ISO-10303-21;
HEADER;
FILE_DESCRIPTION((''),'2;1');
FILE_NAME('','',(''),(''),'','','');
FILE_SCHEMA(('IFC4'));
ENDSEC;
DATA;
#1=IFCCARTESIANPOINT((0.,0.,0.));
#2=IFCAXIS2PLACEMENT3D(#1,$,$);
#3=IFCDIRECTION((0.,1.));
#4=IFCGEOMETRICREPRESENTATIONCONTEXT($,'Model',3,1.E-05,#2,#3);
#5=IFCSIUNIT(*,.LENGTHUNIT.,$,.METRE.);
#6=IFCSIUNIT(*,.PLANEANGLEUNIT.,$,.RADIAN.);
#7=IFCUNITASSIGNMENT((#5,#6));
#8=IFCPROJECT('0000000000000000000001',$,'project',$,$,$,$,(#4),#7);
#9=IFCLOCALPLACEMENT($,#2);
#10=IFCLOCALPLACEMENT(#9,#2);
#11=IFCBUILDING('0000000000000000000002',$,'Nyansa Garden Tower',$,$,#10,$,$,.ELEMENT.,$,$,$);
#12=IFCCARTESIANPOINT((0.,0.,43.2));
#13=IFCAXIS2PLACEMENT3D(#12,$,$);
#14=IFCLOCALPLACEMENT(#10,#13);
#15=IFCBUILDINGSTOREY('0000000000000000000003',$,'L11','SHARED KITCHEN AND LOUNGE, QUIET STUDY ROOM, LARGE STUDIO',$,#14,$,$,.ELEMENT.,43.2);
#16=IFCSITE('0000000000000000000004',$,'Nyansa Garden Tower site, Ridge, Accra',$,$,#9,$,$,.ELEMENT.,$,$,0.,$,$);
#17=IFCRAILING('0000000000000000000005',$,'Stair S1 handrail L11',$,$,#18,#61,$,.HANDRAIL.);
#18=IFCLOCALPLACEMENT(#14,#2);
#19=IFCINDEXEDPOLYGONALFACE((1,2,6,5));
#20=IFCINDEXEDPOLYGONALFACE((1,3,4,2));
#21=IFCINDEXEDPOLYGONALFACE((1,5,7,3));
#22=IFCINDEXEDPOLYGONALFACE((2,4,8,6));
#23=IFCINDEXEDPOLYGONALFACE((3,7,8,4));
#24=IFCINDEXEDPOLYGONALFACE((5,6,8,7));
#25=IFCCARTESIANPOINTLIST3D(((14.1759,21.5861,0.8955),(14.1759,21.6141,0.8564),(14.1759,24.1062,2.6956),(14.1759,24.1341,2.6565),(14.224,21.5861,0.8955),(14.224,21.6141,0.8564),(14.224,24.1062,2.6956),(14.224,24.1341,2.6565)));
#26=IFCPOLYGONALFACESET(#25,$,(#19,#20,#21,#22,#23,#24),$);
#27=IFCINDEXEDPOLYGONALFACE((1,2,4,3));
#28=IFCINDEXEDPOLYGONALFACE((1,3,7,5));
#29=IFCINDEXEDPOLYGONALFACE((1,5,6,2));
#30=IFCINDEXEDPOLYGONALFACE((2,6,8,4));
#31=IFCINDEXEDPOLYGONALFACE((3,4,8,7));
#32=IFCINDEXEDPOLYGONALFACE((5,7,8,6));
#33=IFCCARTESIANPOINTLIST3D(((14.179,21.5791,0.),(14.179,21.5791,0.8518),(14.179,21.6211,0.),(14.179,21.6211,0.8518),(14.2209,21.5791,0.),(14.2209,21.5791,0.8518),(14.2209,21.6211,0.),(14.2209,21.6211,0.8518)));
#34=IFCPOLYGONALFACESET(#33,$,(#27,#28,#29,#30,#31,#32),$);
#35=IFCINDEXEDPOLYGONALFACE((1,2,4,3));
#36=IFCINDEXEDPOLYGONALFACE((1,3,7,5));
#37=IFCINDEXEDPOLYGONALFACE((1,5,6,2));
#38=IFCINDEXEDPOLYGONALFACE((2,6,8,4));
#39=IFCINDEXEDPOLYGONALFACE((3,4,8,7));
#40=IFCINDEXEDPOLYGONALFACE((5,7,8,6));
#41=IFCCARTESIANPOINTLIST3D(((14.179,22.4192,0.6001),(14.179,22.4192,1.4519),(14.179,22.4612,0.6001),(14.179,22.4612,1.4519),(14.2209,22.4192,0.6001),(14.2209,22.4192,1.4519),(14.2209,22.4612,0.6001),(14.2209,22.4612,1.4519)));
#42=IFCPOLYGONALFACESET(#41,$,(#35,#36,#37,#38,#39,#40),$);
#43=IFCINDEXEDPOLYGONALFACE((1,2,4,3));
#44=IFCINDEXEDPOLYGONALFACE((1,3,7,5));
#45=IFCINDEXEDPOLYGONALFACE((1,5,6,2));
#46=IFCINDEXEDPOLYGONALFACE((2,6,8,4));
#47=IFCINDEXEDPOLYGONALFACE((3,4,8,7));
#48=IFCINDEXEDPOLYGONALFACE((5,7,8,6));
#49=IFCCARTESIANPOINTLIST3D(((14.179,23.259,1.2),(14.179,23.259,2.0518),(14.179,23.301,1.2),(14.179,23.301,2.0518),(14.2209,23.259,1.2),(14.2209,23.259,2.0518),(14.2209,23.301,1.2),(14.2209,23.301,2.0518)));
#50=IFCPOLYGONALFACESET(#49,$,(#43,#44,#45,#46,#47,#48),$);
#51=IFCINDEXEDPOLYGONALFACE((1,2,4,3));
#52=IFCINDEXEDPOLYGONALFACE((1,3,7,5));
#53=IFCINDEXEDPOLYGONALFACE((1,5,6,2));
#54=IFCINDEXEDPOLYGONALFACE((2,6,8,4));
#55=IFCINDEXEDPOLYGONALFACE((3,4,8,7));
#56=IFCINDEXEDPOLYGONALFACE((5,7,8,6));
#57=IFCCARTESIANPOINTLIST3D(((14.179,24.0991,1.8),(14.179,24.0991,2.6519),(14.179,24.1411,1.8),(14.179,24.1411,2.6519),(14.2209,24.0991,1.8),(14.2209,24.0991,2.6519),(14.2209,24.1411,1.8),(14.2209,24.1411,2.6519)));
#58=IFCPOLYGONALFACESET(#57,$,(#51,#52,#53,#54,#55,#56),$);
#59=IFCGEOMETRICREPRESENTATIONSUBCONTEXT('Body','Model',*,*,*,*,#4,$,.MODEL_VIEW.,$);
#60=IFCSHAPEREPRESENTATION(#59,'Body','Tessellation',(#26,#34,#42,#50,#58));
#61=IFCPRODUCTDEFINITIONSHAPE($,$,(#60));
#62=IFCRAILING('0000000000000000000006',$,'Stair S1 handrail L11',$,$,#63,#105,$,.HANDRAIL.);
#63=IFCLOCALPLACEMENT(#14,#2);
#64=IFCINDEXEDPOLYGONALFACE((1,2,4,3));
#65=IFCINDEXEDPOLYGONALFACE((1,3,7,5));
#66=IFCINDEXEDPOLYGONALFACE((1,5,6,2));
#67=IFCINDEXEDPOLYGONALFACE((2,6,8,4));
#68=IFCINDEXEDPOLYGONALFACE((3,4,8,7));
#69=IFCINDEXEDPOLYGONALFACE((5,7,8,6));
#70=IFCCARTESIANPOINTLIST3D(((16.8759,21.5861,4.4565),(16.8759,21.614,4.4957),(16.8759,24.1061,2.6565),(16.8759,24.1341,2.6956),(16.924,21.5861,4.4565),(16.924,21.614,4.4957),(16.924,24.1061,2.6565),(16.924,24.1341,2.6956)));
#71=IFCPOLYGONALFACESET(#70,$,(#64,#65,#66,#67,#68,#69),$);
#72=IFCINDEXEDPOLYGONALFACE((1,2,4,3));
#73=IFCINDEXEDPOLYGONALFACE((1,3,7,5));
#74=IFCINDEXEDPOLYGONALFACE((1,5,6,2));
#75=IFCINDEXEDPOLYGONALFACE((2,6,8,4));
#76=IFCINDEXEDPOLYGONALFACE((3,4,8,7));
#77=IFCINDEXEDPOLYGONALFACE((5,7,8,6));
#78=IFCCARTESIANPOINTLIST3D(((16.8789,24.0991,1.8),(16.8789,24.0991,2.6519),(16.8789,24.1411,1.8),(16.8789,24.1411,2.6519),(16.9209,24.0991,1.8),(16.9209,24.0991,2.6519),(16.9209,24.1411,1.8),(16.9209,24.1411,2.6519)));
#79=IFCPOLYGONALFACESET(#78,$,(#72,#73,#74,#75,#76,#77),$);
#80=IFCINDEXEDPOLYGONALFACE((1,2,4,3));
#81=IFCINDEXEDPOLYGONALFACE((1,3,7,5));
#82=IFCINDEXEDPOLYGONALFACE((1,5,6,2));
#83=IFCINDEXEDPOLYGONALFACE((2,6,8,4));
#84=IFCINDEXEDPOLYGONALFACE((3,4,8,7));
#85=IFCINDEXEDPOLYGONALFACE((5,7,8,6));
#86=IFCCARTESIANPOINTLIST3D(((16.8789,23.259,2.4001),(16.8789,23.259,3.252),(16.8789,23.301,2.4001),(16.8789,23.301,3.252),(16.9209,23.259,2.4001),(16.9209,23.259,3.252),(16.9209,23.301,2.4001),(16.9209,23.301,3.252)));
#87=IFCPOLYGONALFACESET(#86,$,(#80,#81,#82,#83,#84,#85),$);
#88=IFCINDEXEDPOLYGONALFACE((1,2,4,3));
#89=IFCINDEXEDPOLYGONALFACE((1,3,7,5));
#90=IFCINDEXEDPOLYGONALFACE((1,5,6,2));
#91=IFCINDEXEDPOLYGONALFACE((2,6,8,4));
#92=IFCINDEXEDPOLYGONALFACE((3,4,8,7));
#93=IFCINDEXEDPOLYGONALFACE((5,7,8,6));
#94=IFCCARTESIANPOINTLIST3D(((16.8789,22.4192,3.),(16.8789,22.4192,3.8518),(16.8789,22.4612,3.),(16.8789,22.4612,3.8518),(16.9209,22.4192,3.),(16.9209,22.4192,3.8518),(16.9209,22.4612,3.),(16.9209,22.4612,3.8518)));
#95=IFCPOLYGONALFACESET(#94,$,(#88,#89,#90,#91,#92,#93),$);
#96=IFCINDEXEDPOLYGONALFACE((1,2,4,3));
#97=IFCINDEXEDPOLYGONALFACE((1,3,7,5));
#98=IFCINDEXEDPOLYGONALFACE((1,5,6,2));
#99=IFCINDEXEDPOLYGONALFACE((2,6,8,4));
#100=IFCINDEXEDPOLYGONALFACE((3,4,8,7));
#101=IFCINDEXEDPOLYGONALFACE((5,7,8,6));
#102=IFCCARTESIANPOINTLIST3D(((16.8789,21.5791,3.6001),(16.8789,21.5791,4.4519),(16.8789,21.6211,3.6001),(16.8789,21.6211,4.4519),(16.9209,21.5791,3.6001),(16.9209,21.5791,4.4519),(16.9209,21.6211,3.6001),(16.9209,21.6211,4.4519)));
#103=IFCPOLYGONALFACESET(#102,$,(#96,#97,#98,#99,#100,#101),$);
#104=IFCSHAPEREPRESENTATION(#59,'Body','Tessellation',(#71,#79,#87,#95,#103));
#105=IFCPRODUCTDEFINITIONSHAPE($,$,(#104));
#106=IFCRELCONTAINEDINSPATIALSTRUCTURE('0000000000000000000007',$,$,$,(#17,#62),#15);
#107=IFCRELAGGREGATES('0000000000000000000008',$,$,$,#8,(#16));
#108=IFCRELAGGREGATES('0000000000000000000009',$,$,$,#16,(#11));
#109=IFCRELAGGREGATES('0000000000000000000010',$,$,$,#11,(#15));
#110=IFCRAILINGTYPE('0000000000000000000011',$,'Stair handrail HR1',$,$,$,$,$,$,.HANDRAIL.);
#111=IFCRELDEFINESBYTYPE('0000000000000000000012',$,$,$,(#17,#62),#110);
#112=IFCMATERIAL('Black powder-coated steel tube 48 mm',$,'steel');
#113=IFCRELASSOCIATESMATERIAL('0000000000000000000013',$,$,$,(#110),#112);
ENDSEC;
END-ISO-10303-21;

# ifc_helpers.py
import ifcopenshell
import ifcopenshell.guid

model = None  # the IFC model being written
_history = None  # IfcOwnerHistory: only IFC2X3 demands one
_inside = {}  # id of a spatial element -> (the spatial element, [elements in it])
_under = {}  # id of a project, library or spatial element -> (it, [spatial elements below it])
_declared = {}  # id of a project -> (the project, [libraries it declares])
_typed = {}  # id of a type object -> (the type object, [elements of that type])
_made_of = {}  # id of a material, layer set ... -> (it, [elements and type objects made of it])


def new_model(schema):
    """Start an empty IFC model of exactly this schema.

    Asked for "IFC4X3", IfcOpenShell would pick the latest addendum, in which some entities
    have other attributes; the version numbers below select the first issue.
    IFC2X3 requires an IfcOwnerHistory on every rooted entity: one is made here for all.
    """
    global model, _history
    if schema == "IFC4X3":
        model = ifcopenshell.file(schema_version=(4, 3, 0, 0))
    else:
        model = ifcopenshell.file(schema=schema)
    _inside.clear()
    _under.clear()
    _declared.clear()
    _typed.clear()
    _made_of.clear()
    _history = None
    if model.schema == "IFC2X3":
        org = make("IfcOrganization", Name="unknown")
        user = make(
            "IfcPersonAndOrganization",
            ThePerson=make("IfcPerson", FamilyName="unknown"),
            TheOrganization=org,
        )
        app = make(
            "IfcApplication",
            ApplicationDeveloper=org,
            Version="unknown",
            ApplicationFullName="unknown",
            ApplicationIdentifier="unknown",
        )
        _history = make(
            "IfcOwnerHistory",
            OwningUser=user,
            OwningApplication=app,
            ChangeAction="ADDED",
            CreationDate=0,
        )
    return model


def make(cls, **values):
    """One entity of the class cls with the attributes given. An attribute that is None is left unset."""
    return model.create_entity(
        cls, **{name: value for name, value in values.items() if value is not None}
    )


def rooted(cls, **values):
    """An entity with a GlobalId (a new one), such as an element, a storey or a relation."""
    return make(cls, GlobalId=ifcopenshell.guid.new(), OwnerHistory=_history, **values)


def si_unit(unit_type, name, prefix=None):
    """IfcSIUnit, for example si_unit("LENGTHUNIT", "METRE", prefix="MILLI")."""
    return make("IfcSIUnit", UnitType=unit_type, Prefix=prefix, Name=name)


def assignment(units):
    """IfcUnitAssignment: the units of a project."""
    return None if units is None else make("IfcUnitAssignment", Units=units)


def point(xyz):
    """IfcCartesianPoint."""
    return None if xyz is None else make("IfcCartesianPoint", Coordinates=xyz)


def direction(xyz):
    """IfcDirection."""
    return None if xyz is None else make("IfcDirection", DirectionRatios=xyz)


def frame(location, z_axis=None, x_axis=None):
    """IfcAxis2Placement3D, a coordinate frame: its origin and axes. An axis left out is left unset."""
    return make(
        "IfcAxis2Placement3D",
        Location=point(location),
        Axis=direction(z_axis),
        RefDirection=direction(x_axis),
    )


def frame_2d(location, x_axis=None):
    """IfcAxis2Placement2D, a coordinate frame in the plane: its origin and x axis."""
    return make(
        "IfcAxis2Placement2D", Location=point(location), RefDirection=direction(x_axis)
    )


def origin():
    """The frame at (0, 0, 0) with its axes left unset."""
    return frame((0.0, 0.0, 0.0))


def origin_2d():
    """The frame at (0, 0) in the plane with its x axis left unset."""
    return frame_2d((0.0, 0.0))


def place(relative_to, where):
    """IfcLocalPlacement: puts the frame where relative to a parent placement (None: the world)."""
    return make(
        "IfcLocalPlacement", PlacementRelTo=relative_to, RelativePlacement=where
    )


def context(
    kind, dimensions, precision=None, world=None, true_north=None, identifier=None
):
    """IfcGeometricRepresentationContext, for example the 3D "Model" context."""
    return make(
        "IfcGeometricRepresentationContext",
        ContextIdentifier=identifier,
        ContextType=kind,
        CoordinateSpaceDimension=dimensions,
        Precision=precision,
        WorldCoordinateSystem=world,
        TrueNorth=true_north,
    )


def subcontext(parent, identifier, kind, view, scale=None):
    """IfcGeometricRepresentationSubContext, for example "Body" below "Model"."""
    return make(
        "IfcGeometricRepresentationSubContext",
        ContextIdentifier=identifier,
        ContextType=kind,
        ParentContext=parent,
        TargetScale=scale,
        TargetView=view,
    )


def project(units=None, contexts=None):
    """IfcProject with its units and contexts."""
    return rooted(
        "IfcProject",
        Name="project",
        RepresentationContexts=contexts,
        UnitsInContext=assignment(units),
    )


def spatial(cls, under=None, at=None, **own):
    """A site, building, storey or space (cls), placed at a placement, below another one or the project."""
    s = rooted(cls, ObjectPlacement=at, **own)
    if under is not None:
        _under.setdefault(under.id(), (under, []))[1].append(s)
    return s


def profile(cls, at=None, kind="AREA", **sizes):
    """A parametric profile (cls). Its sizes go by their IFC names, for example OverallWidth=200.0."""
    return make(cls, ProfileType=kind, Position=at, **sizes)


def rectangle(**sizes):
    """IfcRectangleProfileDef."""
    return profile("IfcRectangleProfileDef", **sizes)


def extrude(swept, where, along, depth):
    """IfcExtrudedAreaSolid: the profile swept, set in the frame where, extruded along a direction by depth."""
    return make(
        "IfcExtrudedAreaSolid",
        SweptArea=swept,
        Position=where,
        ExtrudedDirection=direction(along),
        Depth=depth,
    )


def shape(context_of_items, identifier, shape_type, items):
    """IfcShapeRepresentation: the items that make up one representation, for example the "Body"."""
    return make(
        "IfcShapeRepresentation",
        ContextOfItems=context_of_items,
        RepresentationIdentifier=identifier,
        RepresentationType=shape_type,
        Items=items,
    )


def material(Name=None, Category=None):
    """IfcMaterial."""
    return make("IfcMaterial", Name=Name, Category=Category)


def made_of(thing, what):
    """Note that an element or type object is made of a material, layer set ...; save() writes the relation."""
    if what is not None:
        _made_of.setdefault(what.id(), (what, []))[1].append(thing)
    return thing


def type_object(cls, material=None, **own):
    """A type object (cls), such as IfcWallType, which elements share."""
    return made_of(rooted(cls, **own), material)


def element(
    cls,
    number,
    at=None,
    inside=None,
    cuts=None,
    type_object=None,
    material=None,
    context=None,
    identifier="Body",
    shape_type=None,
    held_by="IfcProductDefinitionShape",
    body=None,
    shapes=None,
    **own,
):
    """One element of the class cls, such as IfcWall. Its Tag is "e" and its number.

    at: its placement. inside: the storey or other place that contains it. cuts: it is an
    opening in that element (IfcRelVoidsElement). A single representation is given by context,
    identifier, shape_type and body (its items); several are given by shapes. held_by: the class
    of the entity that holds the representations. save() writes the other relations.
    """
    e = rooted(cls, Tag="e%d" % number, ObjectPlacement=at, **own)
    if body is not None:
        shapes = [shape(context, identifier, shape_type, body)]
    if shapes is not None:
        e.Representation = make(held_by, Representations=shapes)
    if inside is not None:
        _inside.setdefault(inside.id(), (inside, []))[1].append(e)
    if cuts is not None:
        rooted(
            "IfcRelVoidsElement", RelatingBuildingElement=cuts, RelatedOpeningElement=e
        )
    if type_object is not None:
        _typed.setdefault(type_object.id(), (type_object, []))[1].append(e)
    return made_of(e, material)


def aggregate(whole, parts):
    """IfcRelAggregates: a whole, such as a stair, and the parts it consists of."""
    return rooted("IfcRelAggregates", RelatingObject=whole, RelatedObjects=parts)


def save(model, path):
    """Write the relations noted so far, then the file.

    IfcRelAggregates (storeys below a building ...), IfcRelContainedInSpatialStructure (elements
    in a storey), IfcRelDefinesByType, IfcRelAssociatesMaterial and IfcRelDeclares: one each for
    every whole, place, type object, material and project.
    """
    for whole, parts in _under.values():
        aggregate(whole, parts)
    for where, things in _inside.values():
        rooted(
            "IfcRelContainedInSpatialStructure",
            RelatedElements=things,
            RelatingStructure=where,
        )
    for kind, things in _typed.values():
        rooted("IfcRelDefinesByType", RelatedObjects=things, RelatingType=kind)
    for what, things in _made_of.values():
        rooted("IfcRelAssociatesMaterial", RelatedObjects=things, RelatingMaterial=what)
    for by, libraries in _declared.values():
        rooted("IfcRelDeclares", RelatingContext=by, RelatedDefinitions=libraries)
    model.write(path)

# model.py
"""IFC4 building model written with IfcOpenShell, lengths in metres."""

from ifc_helpers import new_model, si_unit, direction, frame, origin, origin_2d, place, context, subcontext, project, spatial, rectangle, extrude, material, type_object, element, save


model = new_model("IFC4")

# Units and contexts
model_context = context("Model", 3, precision=1e-05, world=origin(), true_north=direction((0.0, 1.0)))
body_context = subcontext(model_context, "Body", "Model", "MODEL_VIEW")
ifc_project = project(units=[si_unit("LENGTHUNIT", "METRE"), si_unit("PLANEANGLEUNIT", "RADIAN")], contexts=[model_context])

# Site, building, storey
site_placement = place(None, origin())
site = spatial("IfcSite", under=ifc_project, at=site_placement, Name="Nyansa Garden Tower site, Ridge, Accra", CompositionType="ELEMENT", RefElevation=0.0)
building_placement = place(site_placement, origin())
building = spatial("IfcBuilding", under=site, at=building_placement, Name="Nyansa Garden Tower", CompositionType="ELEMENT")
storey_placement = place(building_placement, frame((0.0, 0.0, 43.2)))
storey = spatial("IfcBuildingStorey", under=building, at=storey_placement, Name="L11", Description="SHARED KITCHEN AND LOUNGE, QUIET STUDY ROOM, LARGE STUDIO", CompositionType="ELEMENT", Elevation=43.2)

# Railings
ifc_material_1 = material(Name="Black powder-coated steel tube 48 mm", Category="steel")
railing_type = type_object("IfcRailingType", Name="Stair handrail HR1", PredefinedType="HANDRAIL", material=ifc_material_1)
railing_1_placement = place(storey_placement, frame((14.2, 21.6001, 0.0)))
element("IfcRailing", 1, at=railing_1_placement, inside=storey, type_object=railing_type, Name="Stair S1 handrail L11", PredefinedType="HANDRAIL", context=body_context, shape_type="SweptSolid", body=[
    extrude(rectangle(XDim=0.0481, YDim=0.0481, at=origin_2d()), frame((0.0, 0.0, 0.876), z_axis=(0.0, 0.813728, 0.581246), x_axis=(-1.0, 0.0, 0.0)), (0.0, 0.0, 1.0), 3.0969),
    extrude(rectangle(XDim=0.042, YDim=0.042, at=origin_2d()), origin(), (0.0, 0.0, 1.0), 0.8518),
    extrude(rectangle(XDim=0.042, YDim=0.042, at=origin_2d()), frame((0.0, 0.8401, 0.6001)), (0.0, 0.0, 1.0), 0.8518),
    extrude(rectangle(XDim=0.042, YDim=0.042, at=origin_2d()), frame((0.0, 1.6799, 1.2)), (0.0, 0.0, 1.0), 0.8518),
    extrude(rectangle(XDim=0.042, YDim=0.042, at=origin_2d()), frame((0.0, 2.52, 1.8)), (0.0, 0.0, 1.0), 0.8518),
])
railing_2_placement = place(storey_placement, frame((16.8999, 24.1201, 1.8)))
element("IfcRailing", 2, at=railing_2_placement, inside=storey, type_object=railing_type, Name="Stair S1 handrail L11", PredefinedType="HANDRAIL", context=body_context, shape_type="SweptSolid", body=[
    extrude(rectangle(XDim=0.0481, YDim=0.0481, at=origin_2d()), frame((0.0, 0.0, 0.876), z_axis=(0.0, -0.813728, 0.581246), x_axis=(1.0, 0.0, 0.0)), (0.0, 0.0, 1.0), 3.0969),
    extrude(rectangle(XDim=0.042, YDim=0.042, at=origin_2d()), origin(), (0.0, 0.0, 1.0), 0.8518),
    extrude(rectangle(XDim=0.042, YDim=0.042, at=origin_2d()), frame((0.0, -0.8401, 0.6001)), (0.0, 0.0, 1.0), 0.8518),
    extrude(rectangle(XDim=0.042, YDim=0.042, at=origin_2d()), frame((0.0, -1.6799, 1.2)), (0.0, 0.0, 1.0), 0.8518),
    extrude(rectangle(XDim=0.042, YDim=0.042, at=origin_2d()), frame((0.0, -2.52, 1.8)), (0.0, 0.0, 1.0), 0.8518),
])

save(model, "model.ifc")
